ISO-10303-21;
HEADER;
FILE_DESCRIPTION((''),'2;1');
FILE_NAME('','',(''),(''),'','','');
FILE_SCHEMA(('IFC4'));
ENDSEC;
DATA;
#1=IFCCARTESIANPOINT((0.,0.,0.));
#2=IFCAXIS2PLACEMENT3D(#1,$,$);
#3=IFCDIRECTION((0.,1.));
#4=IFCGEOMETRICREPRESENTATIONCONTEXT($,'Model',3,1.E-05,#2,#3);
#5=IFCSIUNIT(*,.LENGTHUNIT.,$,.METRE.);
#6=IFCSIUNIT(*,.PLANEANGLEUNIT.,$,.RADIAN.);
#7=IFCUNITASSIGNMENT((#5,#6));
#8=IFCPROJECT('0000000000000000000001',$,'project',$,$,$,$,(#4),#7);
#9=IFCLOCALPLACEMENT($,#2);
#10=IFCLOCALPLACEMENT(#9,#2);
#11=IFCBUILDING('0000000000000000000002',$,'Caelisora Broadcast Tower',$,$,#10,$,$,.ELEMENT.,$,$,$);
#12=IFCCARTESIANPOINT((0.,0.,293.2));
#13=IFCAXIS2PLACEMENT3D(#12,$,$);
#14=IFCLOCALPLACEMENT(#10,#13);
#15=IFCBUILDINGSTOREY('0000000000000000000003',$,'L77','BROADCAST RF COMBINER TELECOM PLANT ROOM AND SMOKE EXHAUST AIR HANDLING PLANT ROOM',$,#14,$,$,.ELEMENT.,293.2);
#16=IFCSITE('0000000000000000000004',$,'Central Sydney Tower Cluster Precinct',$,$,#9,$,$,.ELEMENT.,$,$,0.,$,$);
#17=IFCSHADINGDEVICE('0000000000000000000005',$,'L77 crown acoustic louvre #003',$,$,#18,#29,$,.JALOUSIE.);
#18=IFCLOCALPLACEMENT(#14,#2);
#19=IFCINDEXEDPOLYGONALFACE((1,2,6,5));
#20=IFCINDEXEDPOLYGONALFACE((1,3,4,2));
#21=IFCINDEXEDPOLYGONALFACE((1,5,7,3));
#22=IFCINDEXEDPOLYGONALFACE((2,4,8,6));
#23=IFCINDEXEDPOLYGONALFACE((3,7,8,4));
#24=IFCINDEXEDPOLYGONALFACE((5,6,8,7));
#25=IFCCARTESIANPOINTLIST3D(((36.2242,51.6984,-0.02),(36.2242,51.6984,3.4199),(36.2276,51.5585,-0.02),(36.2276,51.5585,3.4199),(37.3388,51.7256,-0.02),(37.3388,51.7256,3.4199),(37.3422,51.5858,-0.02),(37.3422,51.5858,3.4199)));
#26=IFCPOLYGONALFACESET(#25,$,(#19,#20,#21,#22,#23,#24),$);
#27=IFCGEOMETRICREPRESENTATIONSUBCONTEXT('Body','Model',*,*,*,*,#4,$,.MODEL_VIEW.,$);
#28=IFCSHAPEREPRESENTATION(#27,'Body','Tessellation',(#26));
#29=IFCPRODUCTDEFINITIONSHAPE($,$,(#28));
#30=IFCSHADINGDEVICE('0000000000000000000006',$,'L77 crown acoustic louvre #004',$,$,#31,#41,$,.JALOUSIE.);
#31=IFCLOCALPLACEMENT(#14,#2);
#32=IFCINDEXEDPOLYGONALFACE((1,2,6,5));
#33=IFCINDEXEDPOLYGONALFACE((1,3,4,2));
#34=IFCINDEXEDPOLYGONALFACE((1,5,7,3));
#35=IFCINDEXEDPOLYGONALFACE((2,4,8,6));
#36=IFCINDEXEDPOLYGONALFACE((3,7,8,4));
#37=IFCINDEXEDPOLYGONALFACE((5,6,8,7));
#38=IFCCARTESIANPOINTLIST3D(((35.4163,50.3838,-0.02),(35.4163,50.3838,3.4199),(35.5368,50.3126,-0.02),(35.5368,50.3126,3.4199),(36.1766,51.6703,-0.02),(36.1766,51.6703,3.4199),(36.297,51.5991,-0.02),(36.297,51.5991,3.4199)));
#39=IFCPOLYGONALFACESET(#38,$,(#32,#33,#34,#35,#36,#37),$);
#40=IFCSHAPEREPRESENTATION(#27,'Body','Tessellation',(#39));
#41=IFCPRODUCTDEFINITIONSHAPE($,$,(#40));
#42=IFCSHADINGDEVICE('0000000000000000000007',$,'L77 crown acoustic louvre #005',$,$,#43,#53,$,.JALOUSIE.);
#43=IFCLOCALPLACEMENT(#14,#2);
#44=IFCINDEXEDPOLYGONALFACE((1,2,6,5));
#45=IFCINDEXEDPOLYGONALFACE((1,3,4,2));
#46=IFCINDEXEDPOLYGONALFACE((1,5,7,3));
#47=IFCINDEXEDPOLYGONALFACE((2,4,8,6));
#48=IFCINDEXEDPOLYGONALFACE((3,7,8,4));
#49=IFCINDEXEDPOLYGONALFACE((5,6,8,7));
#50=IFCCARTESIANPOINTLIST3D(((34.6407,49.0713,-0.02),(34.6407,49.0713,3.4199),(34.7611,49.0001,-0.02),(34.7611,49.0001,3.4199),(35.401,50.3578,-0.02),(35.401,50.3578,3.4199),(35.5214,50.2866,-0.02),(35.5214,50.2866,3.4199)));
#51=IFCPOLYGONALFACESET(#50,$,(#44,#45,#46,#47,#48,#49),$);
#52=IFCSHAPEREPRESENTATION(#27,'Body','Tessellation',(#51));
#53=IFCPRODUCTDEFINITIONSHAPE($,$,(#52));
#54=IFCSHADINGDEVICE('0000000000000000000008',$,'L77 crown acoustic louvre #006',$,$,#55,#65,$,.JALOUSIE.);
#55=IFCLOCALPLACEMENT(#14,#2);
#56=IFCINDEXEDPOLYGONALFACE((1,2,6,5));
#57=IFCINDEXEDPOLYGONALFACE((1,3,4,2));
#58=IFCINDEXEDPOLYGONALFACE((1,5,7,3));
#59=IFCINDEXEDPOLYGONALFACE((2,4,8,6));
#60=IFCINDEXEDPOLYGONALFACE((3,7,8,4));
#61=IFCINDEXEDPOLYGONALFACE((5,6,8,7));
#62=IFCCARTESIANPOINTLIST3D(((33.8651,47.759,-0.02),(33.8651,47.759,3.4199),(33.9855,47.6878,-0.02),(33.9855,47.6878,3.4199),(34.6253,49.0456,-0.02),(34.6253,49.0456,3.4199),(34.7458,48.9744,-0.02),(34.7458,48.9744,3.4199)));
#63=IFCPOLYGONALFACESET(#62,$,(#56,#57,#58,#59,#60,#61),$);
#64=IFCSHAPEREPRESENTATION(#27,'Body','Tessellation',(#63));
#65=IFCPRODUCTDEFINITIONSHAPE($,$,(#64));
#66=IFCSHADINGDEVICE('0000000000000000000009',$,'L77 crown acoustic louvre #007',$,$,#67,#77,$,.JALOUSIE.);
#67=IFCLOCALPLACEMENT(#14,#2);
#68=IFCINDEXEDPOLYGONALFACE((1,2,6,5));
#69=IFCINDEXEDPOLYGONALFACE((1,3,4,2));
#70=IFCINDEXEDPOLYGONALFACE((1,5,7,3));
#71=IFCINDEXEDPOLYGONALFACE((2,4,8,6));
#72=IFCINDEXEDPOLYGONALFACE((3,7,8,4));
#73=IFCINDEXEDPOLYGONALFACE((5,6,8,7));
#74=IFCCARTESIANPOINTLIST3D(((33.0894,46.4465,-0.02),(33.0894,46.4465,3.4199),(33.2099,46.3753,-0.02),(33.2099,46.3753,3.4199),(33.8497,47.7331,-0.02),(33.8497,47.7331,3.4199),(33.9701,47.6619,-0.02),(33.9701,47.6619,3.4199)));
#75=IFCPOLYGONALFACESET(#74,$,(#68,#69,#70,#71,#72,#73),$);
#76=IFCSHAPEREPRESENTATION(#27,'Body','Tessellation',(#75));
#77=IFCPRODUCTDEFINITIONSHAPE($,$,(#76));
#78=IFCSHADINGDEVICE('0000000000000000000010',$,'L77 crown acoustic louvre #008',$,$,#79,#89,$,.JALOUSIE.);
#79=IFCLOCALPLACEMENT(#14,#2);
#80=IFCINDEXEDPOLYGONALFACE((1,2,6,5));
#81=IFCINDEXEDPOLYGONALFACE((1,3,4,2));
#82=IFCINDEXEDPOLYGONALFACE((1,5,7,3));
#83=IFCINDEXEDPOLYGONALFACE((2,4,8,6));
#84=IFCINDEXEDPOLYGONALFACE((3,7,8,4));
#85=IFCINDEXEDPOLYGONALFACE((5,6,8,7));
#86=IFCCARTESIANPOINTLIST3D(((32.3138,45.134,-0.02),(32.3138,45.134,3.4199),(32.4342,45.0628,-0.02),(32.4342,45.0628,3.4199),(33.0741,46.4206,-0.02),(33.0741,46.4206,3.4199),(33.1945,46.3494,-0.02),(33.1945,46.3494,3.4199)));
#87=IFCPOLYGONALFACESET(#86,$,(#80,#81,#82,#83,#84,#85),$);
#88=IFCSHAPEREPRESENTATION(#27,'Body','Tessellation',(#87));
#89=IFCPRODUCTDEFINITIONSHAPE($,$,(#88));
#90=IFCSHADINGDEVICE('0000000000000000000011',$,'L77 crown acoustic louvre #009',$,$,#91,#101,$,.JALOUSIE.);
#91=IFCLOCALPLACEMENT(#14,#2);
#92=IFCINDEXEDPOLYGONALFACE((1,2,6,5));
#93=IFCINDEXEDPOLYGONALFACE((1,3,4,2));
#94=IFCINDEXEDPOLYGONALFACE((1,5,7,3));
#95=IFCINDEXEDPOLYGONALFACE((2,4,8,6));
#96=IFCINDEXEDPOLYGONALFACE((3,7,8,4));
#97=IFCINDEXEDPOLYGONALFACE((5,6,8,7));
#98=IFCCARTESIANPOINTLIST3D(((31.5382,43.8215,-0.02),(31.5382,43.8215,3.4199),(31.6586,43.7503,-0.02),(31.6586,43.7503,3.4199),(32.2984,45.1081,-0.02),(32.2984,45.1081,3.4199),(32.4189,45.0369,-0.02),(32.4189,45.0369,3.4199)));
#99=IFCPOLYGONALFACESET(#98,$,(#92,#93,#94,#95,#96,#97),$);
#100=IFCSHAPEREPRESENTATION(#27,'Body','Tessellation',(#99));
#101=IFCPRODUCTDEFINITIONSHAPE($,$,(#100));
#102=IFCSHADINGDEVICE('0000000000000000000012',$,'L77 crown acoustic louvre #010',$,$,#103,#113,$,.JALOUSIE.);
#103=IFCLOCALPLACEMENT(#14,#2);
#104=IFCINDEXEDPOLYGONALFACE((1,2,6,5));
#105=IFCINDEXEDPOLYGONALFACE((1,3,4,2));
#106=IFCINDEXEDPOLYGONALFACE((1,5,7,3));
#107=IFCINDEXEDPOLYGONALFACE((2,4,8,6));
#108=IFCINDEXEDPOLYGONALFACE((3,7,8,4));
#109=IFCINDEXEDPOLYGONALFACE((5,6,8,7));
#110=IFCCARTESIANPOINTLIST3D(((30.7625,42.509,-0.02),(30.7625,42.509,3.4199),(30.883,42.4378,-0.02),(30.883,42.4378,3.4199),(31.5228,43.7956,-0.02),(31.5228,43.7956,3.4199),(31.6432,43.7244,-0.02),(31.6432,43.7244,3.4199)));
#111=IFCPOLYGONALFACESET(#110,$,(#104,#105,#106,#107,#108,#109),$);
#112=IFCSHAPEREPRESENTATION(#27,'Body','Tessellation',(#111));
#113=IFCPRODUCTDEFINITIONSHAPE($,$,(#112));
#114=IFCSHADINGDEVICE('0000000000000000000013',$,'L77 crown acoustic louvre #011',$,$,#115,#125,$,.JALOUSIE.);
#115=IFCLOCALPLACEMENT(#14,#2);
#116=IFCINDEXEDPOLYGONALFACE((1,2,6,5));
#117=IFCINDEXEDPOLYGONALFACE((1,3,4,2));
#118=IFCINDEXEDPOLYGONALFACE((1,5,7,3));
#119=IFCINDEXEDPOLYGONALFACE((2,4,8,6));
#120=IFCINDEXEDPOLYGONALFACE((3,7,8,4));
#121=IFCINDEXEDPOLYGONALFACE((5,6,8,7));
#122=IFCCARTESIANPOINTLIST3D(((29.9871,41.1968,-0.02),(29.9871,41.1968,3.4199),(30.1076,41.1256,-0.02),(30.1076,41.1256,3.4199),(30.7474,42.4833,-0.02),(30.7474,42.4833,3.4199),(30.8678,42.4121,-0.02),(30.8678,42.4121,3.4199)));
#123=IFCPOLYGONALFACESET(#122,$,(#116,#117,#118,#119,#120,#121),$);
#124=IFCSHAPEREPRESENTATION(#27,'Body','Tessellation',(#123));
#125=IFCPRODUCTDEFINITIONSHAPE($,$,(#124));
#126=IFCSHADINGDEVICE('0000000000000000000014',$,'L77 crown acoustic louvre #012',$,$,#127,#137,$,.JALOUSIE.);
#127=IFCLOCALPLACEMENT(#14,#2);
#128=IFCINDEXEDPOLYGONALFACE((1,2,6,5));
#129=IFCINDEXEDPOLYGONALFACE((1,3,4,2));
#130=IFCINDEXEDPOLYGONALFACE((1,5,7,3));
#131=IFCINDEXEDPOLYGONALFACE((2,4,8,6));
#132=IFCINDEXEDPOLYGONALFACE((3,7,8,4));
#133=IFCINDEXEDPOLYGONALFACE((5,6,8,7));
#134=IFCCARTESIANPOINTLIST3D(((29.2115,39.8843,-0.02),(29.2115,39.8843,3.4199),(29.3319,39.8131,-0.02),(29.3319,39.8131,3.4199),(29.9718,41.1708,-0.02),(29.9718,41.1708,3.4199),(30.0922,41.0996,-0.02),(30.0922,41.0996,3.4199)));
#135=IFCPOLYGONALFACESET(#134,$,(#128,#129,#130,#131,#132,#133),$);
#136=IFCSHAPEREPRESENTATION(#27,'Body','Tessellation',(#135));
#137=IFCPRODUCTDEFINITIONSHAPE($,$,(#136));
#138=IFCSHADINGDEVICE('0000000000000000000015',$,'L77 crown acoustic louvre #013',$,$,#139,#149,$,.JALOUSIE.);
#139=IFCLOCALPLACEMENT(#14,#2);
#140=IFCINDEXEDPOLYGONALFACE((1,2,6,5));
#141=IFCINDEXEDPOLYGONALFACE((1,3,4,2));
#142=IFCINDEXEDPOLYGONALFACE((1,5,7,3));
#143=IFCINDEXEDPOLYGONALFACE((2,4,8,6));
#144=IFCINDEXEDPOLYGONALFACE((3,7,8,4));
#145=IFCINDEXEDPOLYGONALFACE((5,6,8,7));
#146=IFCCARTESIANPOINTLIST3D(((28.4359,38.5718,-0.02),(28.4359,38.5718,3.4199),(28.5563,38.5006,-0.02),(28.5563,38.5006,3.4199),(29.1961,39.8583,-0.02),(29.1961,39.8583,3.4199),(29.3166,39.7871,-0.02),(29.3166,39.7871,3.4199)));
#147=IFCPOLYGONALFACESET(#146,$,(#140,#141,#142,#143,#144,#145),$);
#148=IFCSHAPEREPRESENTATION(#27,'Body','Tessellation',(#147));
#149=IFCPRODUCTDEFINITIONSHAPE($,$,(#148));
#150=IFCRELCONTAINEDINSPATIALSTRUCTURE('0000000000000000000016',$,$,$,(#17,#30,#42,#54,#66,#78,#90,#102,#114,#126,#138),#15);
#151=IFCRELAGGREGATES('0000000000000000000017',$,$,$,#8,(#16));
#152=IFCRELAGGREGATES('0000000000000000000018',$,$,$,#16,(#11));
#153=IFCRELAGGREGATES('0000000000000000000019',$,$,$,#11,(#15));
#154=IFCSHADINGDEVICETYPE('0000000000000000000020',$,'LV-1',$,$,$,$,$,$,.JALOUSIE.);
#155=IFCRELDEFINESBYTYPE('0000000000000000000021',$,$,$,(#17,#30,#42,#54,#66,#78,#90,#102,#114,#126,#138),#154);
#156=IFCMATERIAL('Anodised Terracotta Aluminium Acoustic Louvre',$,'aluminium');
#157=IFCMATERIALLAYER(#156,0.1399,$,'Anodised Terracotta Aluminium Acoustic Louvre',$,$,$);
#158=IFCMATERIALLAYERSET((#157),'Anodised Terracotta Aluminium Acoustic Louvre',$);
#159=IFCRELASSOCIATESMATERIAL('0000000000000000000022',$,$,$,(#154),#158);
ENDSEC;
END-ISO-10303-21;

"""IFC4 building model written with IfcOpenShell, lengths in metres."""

from ifc_helpers import new_model, si_unit, direction, frame, origin, origin_2d, place, context, subcontext, project, spatial, rectangle, extrude, source, transform, mapped, material, layer, layer_set, type_object, type_shapes, element, save


model = new_model("IFC4")

# Units and contexts
model_context = context("Model", 3, precision=1e-05, world=origin(), true_north=direction((0.0, 1.0)))
body_context = subcontext(model_context, "Body", "Model", "MODEL_VIEW")
ifc_project = project(units=[si_unit("LENGTHUNIT", "METRE"), si_unit("PLANEANGLEUNIT", "RADIAN")], contexts=[model_context])

# Site, building, storey
site_placement = place(None, origin())
site = spatial("IfcSite", under=ifc_project, at=site_placement, Name="Central Sydney Tower Cluster Precinct", CompositionType="ELEMENT", RefElevation=0.0)
building_placement = place(site_placement, origin())
building = spatial("IfcBuilding", under=site, at=building_placement, Name="Caelisora Broadcast Tower", CompositionType="ELEMENT")
storey_placement = place(building_placement, frame((0.0, 0.0, 293.2)))
storey = spatial("IfcBuildingStorey", under=building, at=storey_placement, Name="L77", Description="BROADCAST RF COMBINER TELECOM PLANT ROOM AND SMOKE EXHAUST AIR HANDLING PLANT ROOM", CompositionType="ELEMENT", Elevation=293.2)

# Shading devices
ifc_material_1 = material(Name="Anodised Terracotta Aluminium Acoustic Louvre", Category="aluminium")
ifc_layer_1 = layer(ifc_material_1, 0.1399, Name="Anodised Terracotta Aluminium Acoustic Louvre")
ifc_layer_set_1 = layer_set([ifc_layer_1], Name="Anodised Terracotta Aluminium Acoustic Louvre")
shading_device_type = type_object("IfcShadingDeviceType", Name="LV-1", PredefinedType="JALOUSIE", material=ifc_layer_set_1)
shared_shape_1 = source(origin(), body_context, "Body", "SweptSolid", [
    extrude(rectangle(XDim=1.115, YDim=0.1399, at=origin_2d()), origin(), (0.0, 0.0, 1.0), 3.4399),
])
shading_device_placement = place(storey_placement, frame((36.7832, 51.6421, -0.02), z_axis=(0.0, 0.0, 1.0), x_axis=(-0.999701, -0.024432, 0.0)))
element("IfcShadingDevice", 1, at=shading_device_placement, inside=storey, type_object=shading_device_type, Name="L77 crown acoustic louvre #003", PredefinedType="JALOUSIE", context=body_context, shape_type="MappedRepresentation", body=[
    mapped(shared_shape_1, transform((0.0, 0.0, 0.0), scale=1.0)),
])
shared_shape_2 = source(origin(), body_context, "Body", "SweptSolid", [
    extrude(rectangle(XDim=1.4944, YDim=0.1399, at=origin_2d()), origin(), (0.0, 0.0, 1.0), 3.4399),
])
type_shapes(shading_device_type, [shared_shape_1, shared_shape_2])
for number, where, z_axis, x_axis, name in (
    (2, (35.8567, 50.9915, -0.02), (0.0, 0.0, 1.0), (-0.508741, -0.86092, 0.0), "L77 crown acoustic louvre #004"),
    (3, (35.0811, 49.679, -0.02), (0.0, 0.0, 1.0), (-0.508741, -0.86092, 0.0), "L77 crown acoustic louvre #005"),
    (4, (34.3054, 48.3667, -0.02), (0.0, 0.0, 1.0), (-0.508741, -0.86092, 0.0), "L77 crown acoustic louvre #006"),
    (5, (33.5298, 47.0542, -0.02), (0.0, 0.0, 1.0), (-0.508741, -0.86092, 0.0), "L77 crown acoustic louvre #007"),
    (6, (32.7542, 45.7417, -0.02), (0.0, 0.0, 1.0), (-0.508741, -0.86092, 0.0), "L77 crown acoustic louvre #008"),
    (7, (31.9785, 44.4292, -0.02), (0.0, 0.0, 1.0), (-0.508741, -0.86092, 0.0), "L77 crown acoustic louvre #009"),
    (8, (31.2029, 43.1167, -0.02), (0.0, 0.0, 1.0), (-0.508741, -0.86092, 0.0), "L77 crown acoustic louvre #010"),
    (9, (30.4275, 41.8044, -0.02), (0.0, 0.0, 1.0), (-0.508741, -0.86092, 0.0), "L77 crown acoustic louvre #011"),
    (10, (29.6519, 40.4919, -0.02), (0.0, 0.0, 1.0), (-0.508741, -0.86092, 0.0), "L77 crown acoustic louvre #012"),
    (11, (28.8762, 39.1794, -0.02), (0.0, 0.0, 1.0), (-0.508741, -0.86092, 0.0), "L77 crown acoustic louvre #013"),
):
    element("IfcShadingDevice", number, at=place(storey_placement, frame(where, z_axis=z_axis, x_axis=x_axis)), inside=storey, type_object=shading_device_type, Name=name, PredefinedType="JALOUSIE", context=body_context, shape_type="MappedRepresentation", body=[
        mapped(shared_shape_2, transform((0.0, 0.0, 0.0), scale=1.0)),
    ])

save(model, "model.ifc")
